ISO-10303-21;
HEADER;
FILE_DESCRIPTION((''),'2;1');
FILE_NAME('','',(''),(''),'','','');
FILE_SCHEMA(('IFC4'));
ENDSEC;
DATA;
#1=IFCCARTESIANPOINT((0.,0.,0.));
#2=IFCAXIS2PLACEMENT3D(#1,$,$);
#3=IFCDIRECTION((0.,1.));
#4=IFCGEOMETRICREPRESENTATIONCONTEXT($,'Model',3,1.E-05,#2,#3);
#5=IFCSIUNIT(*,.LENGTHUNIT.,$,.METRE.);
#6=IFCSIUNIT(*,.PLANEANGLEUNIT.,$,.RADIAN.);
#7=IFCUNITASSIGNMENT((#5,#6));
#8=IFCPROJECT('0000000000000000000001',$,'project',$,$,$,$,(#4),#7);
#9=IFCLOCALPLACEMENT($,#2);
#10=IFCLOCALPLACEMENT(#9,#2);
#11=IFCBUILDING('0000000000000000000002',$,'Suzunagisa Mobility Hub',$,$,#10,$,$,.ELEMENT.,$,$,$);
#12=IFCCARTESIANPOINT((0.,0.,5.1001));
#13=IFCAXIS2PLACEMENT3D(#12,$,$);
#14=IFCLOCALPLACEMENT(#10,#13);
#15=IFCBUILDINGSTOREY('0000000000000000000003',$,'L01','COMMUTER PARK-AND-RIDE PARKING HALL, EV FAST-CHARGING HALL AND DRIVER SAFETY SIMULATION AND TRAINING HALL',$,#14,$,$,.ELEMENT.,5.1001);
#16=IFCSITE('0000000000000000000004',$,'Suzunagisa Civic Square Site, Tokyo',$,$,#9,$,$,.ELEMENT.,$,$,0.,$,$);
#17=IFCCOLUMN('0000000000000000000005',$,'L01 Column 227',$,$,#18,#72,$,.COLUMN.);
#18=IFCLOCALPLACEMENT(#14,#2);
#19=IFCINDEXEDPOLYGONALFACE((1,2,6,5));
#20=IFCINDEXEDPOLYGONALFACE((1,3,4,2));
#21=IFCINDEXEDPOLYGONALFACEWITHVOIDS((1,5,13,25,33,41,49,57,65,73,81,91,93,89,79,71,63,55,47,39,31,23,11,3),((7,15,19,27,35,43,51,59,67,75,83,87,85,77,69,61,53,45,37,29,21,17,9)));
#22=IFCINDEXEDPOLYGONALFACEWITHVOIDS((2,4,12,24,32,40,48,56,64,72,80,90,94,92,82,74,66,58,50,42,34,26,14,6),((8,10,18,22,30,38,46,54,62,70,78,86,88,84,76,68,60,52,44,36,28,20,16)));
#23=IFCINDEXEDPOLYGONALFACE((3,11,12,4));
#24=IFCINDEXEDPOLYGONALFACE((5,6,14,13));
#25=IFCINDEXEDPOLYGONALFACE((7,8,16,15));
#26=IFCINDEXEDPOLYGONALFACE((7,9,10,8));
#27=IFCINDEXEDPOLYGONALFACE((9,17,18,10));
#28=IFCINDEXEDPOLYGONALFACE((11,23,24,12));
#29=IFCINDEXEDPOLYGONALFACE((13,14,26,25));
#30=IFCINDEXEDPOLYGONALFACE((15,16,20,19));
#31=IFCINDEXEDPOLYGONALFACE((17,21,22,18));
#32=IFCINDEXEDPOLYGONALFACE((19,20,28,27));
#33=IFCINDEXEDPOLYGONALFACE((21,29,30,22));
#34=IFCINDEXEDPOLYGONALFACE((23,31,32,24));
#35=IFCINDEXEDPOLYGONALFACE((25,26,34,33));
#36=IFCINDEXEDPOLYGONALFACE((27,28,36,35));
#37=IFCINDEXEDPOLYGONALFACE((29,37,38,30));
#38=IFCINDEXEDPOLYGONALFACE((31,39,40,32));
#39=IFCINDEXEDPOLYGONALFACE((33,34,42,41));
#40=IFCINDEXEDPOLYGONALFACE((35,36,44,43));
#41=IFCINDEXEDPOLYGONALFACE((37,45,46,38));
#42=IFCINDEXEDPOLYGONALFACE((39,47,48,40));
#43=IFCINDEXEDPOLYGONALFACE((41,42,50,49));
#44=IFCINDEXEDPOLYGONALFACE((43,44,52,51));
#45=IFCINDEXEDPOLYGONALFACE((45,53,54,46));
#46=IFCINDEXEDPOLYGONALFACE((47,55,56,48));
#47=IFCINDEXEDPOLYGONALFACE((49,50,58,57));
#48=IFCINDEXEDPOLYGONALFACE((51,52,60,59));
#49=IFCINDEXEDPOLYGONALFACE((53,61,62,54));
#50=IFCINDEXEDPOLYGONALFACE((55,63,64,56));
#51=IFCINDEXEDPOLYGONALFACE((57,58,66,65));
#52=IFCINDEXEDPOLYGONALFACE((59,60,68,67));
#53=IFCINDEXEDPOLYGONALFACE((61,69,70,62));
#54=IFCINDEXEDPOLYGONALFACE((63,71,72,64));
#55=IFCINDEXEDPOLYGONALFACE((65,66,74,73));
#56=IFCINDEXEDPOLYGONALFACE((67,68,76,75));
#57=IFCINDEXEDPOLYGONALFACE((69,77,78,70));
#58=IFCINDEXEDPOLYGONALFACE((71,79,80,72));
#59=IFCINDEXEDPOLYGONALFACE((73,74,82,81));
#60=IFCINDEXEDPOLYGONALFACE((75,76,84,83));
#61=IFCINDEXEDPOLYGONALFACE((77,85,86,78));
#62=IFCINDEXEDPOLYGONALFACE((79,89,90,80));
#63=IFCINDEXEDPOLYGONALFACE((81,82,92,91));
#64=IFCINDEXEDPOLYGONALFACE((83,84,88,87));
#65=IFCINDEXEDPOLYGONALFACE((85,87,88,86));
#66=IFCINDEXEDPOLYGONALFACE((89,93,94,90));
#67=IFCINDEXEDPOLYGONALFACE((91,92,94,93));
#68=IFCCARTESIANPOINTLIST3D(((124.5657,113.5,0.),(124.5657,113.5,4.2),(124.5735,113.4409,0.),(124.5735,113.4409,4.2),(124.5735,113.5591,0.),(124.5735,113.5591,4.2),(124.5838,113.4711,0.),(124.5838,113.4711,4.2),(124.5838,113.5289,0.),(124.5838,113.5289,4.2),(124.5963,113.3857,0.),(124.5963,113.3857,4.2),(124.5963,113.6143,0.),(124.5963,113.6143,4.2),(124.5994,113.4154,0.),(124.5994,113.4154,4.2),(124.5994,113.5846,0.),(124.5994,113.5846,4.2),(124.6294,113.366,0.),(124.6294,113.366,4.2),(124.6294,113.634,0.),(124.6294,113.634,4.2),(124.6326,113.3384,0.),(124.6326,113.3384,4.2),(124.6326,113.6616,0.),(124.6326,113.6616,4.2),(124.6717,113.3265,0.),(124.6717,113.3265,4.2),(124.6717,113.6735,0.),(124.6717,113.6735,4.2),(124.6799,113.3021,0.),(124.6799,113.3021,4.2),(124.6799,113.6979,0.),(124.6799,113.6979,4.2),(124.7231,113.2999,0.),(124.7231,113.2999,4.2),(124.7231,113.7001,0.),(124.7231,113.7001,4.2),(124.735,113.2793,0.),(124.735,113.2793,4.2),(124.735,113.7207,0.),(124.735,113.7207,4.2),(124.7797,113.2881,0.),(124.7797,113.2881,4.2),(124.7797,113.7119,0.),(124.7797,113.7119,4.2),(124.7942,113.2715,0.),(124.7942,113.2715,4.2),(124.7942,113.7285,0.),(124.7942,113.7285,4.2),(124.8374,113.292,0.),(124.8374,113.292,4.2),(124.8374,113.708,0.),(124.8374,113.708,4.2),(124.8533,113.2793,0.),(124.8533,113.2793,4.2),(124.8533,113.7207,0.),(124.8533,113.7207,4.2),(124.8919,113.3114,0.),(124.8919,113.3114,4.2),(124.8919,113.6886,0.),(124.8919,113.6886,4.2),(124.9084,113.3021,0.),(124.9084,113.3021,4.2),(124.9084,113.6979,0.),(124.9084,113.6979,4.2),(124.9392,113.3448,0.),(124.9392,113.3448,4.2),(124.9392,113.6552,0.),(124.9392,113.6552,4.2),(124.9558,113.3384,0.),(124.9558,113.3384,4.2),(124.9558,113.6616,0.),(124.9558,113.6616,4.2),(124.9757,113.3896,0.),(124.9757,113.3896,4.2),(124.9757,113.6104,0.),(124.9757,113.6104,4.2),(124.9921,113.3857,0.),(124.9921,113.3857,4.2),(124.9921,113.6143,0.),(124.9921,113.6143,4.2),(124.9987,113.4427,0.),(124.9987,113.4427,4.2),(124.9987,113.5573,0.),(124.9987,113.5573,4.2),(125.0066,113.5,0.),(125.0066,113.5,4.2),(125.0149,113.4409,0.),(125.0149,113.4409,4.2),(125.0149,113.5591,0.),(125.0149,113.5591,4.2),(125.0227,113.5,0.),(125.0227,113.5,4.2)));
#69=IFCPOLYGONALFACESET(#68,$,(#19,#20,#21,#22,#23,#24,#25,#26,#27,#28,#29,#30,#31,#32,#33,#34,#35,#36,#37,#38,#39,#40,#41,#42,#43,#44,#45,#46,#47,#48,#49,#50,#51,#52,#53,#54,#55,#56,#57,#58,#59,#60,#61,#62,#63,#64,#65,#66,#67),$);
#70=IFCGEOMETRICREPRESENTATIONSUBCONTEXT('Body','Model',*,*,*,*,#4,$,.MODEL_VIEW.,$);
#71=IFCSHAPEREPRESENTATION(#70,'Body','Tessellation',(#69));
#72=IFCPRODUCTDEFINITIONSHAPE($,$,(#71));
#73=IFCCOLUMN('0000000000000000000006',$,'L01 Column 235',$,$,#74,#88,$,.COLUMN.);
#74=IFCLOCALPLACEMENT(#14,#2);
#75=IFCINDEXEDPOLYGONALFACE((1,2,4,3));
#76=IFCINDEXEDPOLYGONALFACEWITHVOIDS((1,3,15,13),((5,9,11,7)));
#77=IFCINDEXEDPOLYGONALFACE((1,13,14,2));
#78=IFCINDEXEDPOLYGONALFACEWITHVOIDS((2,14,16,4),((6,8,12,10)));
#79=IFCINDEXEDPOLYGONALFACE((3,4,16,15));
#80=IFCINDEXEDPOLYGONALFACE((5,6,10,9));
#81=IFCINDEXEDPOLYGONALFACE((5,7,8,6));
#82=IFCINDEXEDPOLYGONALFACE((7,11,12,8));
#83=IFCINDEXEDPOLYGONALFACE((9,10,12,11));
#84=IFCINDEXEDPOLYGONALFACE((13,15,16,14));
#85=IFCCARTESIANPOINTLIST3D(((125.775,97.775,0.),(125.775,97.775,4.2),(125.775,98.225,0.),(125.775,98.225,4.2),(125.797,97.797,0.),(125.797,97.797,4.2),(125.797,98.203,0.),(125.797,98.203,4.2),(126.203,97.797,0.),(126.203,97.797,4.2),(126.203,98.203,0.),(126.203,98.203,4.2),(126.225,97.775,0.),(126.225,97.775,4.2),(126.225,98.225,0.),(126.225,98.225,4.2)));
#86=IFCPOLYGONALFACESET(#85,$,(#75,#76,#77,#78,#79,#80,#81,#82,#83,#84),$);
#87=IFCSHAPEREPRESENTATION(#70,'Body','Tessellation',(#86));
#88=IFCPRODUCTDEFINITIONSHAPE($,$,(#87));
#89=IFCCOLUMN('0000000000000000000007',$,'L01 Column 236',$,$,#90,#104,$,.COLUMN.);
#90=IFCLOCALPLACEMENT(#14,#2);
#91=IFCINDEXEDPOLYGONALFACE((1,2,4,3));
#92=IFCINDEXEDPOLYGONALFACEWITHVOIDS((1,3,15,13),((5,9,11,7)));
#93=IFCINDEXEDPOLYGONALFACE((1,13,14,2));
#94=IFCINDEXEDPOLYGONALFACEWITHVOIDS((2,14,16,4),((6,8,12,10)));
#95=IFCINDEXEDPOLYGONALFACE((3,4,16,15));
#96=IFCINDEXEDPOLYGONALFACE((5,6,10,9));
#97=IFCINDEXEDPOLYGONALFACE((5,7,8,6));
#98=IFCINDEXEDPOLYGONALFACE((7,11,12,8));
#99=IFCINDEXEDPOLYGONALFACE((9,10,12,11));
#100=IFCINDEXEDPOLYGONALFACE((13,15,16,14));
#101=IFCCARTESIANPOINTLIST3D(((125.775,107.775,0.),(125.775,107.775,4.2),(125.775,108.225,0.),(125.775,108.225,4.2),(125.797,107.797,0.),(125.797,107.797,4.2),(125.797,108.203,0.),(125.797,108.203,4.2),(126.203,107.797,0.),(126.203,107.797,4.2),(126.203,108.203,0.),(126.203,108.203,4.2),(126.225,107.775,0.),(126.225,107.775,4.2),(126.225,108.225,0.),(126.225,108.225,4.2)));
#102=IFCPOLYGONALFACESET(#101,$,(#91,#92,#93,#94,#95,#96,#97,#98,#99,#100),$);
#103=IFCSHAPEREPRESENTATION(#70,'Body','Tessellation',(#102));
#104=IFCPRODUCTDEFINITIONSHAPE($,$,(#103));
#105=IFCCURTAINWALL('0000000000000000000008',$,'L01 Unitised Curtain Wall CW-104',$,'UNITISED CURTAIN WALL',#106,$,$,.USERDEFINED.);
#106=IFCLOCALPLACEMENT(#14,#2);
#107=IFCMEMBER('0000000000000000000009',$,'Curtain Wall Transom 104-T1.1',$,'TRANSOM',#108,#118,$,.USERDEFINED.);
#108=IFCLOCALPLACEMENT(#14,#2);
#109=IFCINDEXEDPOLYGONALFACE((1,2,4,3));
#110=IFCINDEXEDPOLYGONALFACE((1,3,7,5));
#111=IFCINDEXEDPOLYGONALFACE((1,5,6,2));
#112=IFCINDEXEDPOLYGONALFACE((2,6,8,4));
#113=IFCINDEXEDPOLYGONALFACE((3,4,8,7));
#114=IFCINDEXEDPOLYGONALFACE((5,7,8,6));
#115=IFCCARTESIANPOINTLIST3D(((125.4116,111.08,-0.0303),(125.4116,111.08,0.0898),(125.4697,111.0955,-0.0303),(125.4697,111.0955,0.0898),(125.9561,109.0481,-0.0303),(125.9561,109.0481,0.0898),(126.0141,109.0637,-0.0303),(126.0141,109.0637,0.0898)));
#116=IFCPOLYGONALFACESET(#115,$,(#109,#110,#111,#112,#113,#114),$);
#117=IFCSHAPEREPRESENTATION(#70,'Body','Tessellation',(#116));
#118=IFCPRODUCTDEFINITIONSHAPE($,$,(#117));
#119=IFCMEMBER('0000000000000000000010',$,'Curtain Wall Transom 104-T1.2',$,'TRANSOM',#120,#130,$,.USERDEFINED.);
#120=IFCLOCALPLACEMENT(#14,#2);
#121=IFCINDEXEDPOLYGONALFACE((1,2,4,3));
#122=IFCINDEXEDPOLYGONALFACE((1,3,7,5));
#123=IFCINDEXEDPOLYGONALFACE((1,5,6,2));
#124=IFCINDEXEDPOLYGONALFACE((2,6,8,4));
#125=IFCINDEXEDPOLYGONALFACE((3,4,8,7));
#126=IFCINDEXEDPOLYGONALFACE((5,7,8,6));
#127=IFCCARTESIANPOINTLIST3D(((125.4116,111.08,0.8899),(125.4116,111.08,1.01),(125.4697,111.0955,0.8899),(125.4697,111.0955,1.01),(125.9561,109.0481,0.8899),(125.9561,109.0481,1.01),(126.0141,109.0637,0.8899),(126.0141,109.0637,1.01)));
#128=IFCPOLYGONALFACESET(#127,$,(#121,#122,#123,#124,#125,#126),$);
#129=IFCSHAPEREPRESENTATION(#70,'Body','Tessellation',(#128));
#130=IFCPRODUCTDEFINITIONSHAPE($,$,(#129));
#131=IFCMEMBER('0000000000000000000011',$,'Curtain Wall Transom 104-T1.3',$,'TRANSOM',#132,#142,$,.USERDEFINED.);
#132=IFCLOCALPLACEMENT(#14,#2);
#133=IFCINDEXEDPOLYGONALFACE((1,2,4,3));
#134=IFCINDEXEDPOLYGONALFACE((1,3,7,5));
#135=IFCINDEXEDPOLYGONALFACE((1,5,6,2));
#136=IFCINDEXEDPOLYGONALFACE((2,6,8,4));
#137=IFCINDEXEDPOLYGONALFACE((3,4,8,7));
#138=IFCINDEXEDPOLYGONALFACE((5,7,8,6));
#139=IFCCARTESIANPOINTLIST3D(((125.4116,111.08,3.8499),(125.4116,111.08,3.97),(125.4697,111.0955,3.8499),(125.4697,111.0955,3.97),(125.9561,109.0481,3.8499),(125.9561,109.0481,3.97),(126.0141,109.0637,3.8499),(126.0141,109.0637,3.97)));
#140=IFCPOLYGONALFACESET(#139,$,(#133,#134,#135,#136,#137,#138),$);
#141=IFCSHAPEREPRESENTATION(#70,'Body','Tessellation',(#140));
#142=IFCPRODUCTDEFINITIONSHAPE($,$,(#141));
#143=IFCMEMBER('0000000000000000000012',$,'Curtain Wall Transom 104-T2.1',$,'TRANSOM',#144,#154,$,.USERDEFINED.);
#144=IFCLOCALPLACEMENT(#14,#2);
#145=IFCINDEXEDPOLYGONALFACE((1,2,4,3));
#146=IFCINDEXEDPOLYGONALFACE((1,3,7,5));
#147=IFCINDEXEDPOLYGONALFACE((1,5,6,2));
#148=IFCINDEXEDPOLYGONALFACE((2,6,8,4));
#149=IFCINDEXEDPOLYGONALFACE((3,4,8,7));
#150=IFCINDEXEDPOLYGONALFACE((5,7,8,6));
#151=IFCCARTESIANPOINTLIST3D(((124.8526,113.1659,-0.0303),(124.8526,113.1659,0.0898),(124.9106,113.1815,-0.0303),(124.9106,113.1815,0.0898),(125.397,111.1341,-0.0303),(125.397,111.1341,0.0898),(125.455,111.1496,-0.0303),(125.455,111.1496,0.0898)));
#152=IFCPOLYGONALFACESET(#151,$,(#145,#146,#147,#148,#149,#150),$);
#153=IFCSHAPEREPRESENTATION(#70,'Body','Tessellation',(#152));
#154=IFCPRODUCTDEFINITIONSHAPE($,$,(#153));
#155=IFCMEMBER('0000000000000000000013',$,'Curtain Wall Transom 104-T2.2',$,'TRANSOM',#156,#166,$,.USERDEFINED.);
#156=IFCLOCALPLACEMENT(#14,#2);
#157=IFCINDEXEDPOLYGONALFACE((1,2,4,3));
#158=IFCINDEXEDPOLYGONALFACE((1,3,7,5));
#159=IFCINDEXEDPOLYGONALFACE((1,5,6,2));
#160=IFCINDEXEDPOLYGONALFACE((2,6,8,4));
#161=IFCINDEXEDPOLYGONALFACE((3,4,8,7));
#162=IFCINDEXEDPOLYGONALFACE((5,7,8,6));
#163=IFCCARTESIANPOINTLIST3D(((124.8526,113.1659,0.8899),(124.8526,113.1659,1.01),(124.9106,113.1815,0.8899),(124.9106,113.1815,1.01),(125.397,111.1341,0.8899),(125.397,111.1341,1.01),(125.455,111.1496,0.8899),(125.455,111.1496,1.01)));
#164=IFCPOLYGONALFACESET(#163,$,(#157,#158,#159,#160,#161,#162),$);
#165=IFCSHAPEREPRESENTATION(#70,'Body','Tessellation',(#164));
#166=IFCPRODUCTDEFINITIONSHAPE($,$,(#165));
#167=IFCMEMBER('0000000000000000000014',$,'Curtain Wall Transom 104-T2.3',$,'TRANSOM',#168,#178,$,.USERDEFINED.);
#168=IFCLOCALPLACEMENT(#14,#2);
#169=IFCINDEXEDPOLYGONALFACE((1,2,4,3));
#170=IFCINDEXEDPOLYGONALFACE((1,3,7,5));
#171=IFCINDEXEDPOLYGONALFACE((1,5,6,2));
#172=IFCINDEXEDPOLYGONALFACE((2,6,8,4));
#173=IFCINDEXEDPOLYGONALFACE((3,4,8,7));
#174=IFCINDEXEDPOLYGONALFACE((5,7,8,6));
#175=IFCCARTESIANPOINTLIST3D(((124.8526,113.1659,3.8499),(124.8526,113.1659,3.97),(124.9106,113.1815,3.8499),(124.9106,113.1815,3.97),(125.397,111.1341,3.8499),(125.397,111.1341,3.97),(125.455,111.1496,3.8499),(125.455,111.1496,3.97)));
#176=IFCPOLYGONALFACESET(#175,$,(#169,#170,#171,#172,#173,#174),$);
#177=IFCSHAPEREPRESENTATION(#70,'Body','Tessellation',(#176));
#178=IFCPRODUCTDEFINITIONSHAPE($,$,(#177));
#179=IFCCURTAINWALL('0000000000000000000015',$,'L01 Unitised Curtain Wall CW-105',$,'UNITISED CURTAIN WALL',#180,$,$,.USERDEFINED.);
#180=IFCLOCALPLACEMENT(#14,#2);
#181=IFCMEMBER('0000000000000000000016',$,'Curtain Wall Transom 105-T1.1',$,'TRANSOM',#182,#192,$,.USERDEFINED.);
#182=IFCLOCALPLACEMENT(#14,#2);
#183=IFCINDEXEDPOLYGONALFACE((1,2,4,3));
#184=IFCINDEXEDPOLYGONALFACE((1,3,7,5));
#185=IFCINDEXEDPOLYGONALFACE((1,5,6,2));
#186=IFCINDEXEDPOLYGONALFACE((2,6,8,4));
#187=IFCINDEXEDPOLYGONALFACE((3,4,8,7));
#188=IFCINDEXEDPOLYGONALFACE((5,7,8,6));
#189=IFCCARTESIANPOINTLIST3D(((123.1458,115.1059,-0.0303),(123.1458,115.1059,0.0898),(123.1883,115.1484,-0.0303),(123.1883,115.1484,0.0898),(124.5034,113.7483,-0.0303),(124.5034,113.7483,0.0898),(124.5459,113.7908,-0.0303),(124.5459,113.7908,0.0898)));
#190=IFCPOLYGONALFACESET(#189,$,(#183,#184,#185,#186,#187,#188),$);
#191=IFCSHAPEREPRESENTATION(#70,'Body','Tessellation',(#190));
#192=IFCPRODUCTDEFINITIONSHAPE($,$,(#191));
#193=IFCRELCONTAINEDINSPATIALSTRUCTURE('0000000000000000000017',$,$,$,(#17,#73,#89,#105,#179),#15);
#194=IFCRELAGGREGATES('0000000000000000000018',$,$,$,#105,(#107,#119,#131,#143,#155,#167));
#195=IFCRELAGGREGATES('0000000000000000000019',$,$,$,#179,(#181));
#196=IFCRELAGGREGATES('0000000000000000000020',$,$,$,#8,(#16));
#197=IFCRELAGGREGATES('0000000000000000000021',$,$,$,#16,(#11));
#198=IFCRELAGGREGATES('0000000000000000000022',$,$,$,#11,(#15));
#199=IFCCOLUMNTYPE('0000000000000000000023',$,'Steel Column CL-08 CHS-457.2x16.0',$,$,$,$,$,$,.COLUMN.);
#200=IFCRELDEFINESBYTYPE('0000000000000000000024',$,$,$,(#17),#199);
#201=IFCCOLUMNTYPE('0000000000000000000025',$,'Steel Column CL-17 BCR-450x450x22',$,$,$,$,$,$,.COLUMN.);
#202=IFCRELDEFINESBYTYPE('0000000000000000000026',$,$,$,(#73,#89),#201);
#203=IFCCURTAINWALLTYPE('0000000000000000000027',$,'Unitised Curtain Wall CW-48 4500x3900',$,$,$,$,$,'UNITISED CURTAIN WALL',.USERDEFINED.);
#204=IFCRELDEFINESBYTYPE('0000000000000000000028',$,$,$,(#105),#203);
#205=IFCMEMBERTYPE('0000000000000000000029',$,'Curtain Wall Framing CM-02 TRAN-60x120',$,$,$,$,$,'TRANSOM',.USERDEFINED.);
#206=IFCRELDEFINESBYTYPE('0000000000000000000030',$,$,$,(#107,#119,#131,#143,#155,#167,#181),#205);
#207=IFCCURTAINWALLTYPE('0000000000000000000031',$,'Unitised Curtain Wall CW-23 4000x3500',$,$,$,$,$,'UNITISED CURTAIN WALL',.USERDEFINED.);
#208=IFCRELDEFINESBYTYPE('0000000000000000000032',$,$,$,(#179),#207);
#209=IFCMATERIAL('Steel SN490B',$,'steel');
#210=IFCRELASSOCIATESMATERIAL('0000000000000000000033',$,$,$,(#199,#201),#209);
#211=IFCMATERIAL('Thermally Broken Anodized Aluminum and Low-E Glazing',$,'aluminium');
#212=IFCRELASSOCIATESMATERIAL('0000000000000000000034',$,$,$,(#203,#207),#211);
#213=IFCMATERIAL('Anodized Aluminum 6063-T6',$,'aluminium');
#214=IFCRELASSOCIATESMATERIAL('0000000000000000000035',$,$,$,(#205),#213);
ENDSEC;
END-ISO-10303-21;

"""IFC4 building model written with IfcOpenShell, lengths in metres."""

from ifc_helpers import new_model, si_unit, direction, frame, origin, origin_2d, place, context, subcontext, project, spatial, rectangle, hollow_rectangle, hollow_circle, extrude, material, material_profile, profile_set, type_object, element, aggregate, save


model = new_model("IFC4")

# Units and contexts
model_context = context("Model", 3, precision=1e-05, world=origin(), true_north=direction((0.0, 1.0)))
body_context = subcontext(model_context, "Body", "Model", "MODEL_VIEW")
ifc_project = project(units=[si_unit("LENGTHUNIT", "METRE"), si_unit("PLANEANGLEUNIT", "RADIAN")], contexts=[model_context])

# Site, building, storey
site_placement = place(None, origin())
site = spatial("IfcSite", under=ifc_project, at=site_placement, Name="Suzunagisa Civic Square Site, Tokyo", CompositionType="ELEMENT", RefElevation=0.0)
building_placement = place(site_placement, origin())
building = spatial("IfcBuilding", under=site, at=building_placement, Name="Suzunagisa Mobility Hub", CompositionType="ELEMENT")
storey_placement = place(building_placement, frame((0.0, 0.0, 5.1001)))
storey = spatial("IfcBuildingStorey", under=building, at=storey_placement, Name="L01", Description="COMMUTER PARK-AND-RIDE PARKING HALL, EV FAST-CHARGING HALL AND DRIVER SAFETY SIMULATION AND TRAINING HALL", CompositionType="ELEMENT", Elevation=5.1001)

# Columns
ifc_material_1 = material(Name="Steel SN490B", Category="steel")
ifc_material_profile_1 = material_profile(ifc_material_1, hollow_circle(Radius=0.2285, WallThickness=0.0161, at=origin_2d()), Name="CHS-457.2x16.0")
ifc_profile_set_1 = profile_set([ifc_material_profile_1], Name="Steel SN490B")
column_type_1 = type_object("IfcColumnType", Name="Steel Column CL-08 CHS-457.2x16.0", PredefinedType="COLUMN", material=ifc_profile_set_1)
column_placement = place(storey_placement, frame((124.7942, 113.5, 0.0), z_axis=(0.0, 0.0, 1.0), x_axis=(1.0, 0.0, 0.0)))
element("IfcColumn", 1, at=column_placement, inside=storey, type_object=column_type_1, Name="L01 Column 227", PredefinedType="COLUMN", context=body_context, shape_type="SweptSolid", body=[
    extrude(hollow_circle(Radius=0.2285, WallThickness=0.0161, at=origin_2d()), origin(), (0.0, 0.0, 1.0), 4.2),
])
ifc_material_profile_2 = material_profile(ifc_material_1, hollow_rectangle(XDim=0.45, YDim=0.45, WallThickness=0.022, at=origin_2d()), Name="BCR-450x450x22")
ifc_profile_set_2 = profile_set([ifc_material_profile_2], Name="Steel SN490B")
column_type_2 = type_object("IfcColumnType", Name="Steel Column CL-17 BCR-450x450x22", PredefinedType="COLUMN", material=ifc_profile_set_2)
for number, where, z_axis, x_axis, name in (
    (2, (126.0, 98.0, 0.0), (0.0, 0.0, 1.0), (1.0, 0.0, 0.0), "L01 Column 235"),
    (3, (126.0, 108.0, 0.0), (0.0, 0.0, 1.0), (1.0, 0.0, 0.0), "L01 Column 236"),
):
    element("IfcColumn", number, at=place(storey_placement, frame(where, z_axis=z_axis, x_axis=x_axis)), inside=storey, type_object=column_type_2, Name=name, PredefinedType="COLUMN", context=body_context, shape_type="SweptSolid", body=[
        extrude(hollow_rectangle(XDim=0.45, YDim=0.45, WallThickness=0.022, at=origin_2d()), origin(), (0.0, 0.0, 1.0), 4.2),
    ])

# Curtain walls, members
ifc_material_2 = material(Name="Thermally Broken Anodized Aluminum and Low-E Glazing", Category="aluminium")
curtain_wall_type_1 = type_object("IfcCurtainWallType", Name="Unitised Curtain Wall CW-48 4500x3900", ElementType="UNITISED CURTAIN WALL", PredefinedType="USERDEFINED", material=ifc_material_2)
curtain_wall_1_placement = place(storey_placement, origin())
curtain_wall_1 = element("IfcCurtainWall", 4, at=curtain_wall_1_placement, inside=storey, type_object=curtain_wall_type_1, Name="L01 Unitised Curtain Wall CW-104", ObjectType="UNITISED CURTAIN WALL", PredefinedType="USERDEFINED")
ifc_material_3 = material(Name="Anodized Aluminum 6063-T6", Category="aluminium")
ifc_material_profile_3 = material_profile(ifc_material_3, rectangle(XDim=0.0601, YDim=0.1201, at=origin_2d()), Name="TRAN-60x120")
ifc_profile_set_3 = profile_set([ifc_material_profile_3], Name="Anodized Aluminum 6063-T6")
member_type_1 = type_object("IfcMemberType", Name="Curtain Wall Framing CM-02 TRAN-60x120", ElementType="TRANSOM", PredefinedType="USERDEFINED", material=ifc_profile_set_3)
member_1_placement = place(storey_placement, frame((125.9851, 109.0559, 0.0298), z_axis=(-0.258833, 0.965922, 0.0), x_axis=(-0.965922, -0.258833, 0.0)))
member_1 = element("IfcMember", 5, at=member_1_placement, type_object=member_type_1, Name="Curtain Wall Transom 104-T1.1", ObjectType="TRANSOM", PredefinedType="USERDEFINED", context=body_context, shape_type="SweptSolid", body=[
    extrude(rectangle(XDim=0.0601, YDim=0.1201, at=origin_2d()), origin(), (0.0, 0.0, 1.0), 2.1035),
])
member_2_placement = place(storey_placement, frame((125.9851, 109.0559, 0.95), z_axis=(-0.258833, 0.965922, 0.0), x_axis=(-0.965922, -0.258833, 0.0)))
member_2 = element("IfcMember", 6, at=member_2_placement, type_object=member_type_1, Name="Curtain Wall Transom 104-T1.2", ObjectType="TRANSOM", PredefinedType="USERDEFINED", context=body_context, shape_type="SweptSolid", body=[
    extrude(rectangle(XDim=0.0601, YDim=0.1201, at=origin_2d()), origin(), (0.0, 0.0, 1.0), 2.1035),
])
member_3_placement = place(storey_placement, frame((125.9851, 109.0559, 3.9099), z_axis=(-0.258833, 0.965922, 0.0), x_axis=(-0.965922, -0.258833, 0.0)))
member_3 = element("IfcMember", 7, at=member_3_placement, type_object=member_type_1, Name="Curtain Wall Transom 104-T1.3", ObjectType="TRANSOM", PredefinedType="USERDEFINED", context=body_context, shape_type="SweptSolid", body=[
    extrude(rectangle(XDim=0.0601, YDim=0.1201, at=origin_2d()), origin(), (0.0, 0.0, 1.0), 2.1035),
])
member_4_placement = place(storey_placement, frame((125.426, 111.1418, 0.0298), z_axis=(-0.258833, 0.965922, 0.0), x_axis=(-0.965922, -0.258833, 0.0)))
member_4 = element("IfcMember", 8, at=member_4_placement, type_object=member_type_1, Name="Curtain Wall Transom 104-T2.1", ObjectType="TRANSOM", PredefinedType="USERDEFINED", context=body_context, shape_type="SweptSolid", body=[
    extrude(rectangle(XDim=0.0601, YDim=0.1201, at=origin_2d()), origin(), (0.0, 0.0, 1.0), 2.1035),
])
member_5_placement = place(storey_placement, frame((125.426, 111.1418, 0.95), z_axis=(-0.258833, 0.965922, 0.0), x_axis=(-0.965922, -0.258833, 0.0)))
member_5 = element("IfcMember", 9, at=member_5_placement, type_object=member_type_1, Name="Curtain Wall Transom 104-T2.2", ObjectType="TRANSOM", PredefinedType="USERDEFINED", context=body_context, shape_type="SweptSolid", body=[
    extrude(rectangle(XDim=0.0601, YDim=0.1201, at=origin_2d()), origin(), (0.0, 0.0, 1.0), 2.1035),
])
member_6_placement = place(storey_placement, frame((125.426, 111.1418, 3.9099), z_axis=(-0.258833, 0.965922, 0.0), x_axis=(-0.965922, -0.258833, 0.0)))
member_6 = element("IfcMember", 10, at=member_6_placement, type_object=member_type_1, Name="Curtain Wall Transom 104-T2.3", ObjectType="TRANSOM", PredefinedType="USERDEFINED", context=body_context, shape_type="SweptSolid", body=[
    extrude(rectangle(XDim=0.0601, YDim=0.1201, at=origin_2d()), origin(), (0.0, 0.0, 1.0), 2.1035),
])
curtain_wall_type_2 = type_object("IfcCurtainWallType", Name="Unitised Curtain Wall CW-23 4000x3500", ElementType="UNITISED CURTAIN WALL", PredefinedType="USERDEFINED", material=ifc_material_2)
curtain_wall_2_placement = place(storey_placement, origin())
curtain_wall_2 = element("IfcCurtainWall", 11, at=curtain_wall_2_placement, inside=storey, type_object=curtain_wall_type_2, Name="L01 Unitised Curtain Wall CW-105", ObjectType="UNITISED CURTAIN WALL", PredefinedType="USERDEFINED")
member_7_placement = place(storey_placement, frame((124.5247, 113.7695, 0.0298), z_axis=(-0.707107, 0.707107, 0.0), x_axis=(-0.707107, -0.707107, 0.0)))
member_7 = element("IfcMember", 12, at=member_7_placement, type_object=member_type_1, Name="Curtain Wall Transom 105-T1.1", ObjectType="TRANSOM", PredefinedType="USERDEFINED", context=body_context, shape_type="SweptSolid", body=[
    extrude(rectangle(XDim=0.0601, YDim=0.1201, at=origin_2d()), origin(), (0.0, 0.0, 1.0), 1.9199),
])

aggregate(curtain_wall_1, [member_1, member_2, member_3, member_4, member_5, member_6])
aggregate(curtain_wall_2, [member_7])

save(model, "model.ifc")
